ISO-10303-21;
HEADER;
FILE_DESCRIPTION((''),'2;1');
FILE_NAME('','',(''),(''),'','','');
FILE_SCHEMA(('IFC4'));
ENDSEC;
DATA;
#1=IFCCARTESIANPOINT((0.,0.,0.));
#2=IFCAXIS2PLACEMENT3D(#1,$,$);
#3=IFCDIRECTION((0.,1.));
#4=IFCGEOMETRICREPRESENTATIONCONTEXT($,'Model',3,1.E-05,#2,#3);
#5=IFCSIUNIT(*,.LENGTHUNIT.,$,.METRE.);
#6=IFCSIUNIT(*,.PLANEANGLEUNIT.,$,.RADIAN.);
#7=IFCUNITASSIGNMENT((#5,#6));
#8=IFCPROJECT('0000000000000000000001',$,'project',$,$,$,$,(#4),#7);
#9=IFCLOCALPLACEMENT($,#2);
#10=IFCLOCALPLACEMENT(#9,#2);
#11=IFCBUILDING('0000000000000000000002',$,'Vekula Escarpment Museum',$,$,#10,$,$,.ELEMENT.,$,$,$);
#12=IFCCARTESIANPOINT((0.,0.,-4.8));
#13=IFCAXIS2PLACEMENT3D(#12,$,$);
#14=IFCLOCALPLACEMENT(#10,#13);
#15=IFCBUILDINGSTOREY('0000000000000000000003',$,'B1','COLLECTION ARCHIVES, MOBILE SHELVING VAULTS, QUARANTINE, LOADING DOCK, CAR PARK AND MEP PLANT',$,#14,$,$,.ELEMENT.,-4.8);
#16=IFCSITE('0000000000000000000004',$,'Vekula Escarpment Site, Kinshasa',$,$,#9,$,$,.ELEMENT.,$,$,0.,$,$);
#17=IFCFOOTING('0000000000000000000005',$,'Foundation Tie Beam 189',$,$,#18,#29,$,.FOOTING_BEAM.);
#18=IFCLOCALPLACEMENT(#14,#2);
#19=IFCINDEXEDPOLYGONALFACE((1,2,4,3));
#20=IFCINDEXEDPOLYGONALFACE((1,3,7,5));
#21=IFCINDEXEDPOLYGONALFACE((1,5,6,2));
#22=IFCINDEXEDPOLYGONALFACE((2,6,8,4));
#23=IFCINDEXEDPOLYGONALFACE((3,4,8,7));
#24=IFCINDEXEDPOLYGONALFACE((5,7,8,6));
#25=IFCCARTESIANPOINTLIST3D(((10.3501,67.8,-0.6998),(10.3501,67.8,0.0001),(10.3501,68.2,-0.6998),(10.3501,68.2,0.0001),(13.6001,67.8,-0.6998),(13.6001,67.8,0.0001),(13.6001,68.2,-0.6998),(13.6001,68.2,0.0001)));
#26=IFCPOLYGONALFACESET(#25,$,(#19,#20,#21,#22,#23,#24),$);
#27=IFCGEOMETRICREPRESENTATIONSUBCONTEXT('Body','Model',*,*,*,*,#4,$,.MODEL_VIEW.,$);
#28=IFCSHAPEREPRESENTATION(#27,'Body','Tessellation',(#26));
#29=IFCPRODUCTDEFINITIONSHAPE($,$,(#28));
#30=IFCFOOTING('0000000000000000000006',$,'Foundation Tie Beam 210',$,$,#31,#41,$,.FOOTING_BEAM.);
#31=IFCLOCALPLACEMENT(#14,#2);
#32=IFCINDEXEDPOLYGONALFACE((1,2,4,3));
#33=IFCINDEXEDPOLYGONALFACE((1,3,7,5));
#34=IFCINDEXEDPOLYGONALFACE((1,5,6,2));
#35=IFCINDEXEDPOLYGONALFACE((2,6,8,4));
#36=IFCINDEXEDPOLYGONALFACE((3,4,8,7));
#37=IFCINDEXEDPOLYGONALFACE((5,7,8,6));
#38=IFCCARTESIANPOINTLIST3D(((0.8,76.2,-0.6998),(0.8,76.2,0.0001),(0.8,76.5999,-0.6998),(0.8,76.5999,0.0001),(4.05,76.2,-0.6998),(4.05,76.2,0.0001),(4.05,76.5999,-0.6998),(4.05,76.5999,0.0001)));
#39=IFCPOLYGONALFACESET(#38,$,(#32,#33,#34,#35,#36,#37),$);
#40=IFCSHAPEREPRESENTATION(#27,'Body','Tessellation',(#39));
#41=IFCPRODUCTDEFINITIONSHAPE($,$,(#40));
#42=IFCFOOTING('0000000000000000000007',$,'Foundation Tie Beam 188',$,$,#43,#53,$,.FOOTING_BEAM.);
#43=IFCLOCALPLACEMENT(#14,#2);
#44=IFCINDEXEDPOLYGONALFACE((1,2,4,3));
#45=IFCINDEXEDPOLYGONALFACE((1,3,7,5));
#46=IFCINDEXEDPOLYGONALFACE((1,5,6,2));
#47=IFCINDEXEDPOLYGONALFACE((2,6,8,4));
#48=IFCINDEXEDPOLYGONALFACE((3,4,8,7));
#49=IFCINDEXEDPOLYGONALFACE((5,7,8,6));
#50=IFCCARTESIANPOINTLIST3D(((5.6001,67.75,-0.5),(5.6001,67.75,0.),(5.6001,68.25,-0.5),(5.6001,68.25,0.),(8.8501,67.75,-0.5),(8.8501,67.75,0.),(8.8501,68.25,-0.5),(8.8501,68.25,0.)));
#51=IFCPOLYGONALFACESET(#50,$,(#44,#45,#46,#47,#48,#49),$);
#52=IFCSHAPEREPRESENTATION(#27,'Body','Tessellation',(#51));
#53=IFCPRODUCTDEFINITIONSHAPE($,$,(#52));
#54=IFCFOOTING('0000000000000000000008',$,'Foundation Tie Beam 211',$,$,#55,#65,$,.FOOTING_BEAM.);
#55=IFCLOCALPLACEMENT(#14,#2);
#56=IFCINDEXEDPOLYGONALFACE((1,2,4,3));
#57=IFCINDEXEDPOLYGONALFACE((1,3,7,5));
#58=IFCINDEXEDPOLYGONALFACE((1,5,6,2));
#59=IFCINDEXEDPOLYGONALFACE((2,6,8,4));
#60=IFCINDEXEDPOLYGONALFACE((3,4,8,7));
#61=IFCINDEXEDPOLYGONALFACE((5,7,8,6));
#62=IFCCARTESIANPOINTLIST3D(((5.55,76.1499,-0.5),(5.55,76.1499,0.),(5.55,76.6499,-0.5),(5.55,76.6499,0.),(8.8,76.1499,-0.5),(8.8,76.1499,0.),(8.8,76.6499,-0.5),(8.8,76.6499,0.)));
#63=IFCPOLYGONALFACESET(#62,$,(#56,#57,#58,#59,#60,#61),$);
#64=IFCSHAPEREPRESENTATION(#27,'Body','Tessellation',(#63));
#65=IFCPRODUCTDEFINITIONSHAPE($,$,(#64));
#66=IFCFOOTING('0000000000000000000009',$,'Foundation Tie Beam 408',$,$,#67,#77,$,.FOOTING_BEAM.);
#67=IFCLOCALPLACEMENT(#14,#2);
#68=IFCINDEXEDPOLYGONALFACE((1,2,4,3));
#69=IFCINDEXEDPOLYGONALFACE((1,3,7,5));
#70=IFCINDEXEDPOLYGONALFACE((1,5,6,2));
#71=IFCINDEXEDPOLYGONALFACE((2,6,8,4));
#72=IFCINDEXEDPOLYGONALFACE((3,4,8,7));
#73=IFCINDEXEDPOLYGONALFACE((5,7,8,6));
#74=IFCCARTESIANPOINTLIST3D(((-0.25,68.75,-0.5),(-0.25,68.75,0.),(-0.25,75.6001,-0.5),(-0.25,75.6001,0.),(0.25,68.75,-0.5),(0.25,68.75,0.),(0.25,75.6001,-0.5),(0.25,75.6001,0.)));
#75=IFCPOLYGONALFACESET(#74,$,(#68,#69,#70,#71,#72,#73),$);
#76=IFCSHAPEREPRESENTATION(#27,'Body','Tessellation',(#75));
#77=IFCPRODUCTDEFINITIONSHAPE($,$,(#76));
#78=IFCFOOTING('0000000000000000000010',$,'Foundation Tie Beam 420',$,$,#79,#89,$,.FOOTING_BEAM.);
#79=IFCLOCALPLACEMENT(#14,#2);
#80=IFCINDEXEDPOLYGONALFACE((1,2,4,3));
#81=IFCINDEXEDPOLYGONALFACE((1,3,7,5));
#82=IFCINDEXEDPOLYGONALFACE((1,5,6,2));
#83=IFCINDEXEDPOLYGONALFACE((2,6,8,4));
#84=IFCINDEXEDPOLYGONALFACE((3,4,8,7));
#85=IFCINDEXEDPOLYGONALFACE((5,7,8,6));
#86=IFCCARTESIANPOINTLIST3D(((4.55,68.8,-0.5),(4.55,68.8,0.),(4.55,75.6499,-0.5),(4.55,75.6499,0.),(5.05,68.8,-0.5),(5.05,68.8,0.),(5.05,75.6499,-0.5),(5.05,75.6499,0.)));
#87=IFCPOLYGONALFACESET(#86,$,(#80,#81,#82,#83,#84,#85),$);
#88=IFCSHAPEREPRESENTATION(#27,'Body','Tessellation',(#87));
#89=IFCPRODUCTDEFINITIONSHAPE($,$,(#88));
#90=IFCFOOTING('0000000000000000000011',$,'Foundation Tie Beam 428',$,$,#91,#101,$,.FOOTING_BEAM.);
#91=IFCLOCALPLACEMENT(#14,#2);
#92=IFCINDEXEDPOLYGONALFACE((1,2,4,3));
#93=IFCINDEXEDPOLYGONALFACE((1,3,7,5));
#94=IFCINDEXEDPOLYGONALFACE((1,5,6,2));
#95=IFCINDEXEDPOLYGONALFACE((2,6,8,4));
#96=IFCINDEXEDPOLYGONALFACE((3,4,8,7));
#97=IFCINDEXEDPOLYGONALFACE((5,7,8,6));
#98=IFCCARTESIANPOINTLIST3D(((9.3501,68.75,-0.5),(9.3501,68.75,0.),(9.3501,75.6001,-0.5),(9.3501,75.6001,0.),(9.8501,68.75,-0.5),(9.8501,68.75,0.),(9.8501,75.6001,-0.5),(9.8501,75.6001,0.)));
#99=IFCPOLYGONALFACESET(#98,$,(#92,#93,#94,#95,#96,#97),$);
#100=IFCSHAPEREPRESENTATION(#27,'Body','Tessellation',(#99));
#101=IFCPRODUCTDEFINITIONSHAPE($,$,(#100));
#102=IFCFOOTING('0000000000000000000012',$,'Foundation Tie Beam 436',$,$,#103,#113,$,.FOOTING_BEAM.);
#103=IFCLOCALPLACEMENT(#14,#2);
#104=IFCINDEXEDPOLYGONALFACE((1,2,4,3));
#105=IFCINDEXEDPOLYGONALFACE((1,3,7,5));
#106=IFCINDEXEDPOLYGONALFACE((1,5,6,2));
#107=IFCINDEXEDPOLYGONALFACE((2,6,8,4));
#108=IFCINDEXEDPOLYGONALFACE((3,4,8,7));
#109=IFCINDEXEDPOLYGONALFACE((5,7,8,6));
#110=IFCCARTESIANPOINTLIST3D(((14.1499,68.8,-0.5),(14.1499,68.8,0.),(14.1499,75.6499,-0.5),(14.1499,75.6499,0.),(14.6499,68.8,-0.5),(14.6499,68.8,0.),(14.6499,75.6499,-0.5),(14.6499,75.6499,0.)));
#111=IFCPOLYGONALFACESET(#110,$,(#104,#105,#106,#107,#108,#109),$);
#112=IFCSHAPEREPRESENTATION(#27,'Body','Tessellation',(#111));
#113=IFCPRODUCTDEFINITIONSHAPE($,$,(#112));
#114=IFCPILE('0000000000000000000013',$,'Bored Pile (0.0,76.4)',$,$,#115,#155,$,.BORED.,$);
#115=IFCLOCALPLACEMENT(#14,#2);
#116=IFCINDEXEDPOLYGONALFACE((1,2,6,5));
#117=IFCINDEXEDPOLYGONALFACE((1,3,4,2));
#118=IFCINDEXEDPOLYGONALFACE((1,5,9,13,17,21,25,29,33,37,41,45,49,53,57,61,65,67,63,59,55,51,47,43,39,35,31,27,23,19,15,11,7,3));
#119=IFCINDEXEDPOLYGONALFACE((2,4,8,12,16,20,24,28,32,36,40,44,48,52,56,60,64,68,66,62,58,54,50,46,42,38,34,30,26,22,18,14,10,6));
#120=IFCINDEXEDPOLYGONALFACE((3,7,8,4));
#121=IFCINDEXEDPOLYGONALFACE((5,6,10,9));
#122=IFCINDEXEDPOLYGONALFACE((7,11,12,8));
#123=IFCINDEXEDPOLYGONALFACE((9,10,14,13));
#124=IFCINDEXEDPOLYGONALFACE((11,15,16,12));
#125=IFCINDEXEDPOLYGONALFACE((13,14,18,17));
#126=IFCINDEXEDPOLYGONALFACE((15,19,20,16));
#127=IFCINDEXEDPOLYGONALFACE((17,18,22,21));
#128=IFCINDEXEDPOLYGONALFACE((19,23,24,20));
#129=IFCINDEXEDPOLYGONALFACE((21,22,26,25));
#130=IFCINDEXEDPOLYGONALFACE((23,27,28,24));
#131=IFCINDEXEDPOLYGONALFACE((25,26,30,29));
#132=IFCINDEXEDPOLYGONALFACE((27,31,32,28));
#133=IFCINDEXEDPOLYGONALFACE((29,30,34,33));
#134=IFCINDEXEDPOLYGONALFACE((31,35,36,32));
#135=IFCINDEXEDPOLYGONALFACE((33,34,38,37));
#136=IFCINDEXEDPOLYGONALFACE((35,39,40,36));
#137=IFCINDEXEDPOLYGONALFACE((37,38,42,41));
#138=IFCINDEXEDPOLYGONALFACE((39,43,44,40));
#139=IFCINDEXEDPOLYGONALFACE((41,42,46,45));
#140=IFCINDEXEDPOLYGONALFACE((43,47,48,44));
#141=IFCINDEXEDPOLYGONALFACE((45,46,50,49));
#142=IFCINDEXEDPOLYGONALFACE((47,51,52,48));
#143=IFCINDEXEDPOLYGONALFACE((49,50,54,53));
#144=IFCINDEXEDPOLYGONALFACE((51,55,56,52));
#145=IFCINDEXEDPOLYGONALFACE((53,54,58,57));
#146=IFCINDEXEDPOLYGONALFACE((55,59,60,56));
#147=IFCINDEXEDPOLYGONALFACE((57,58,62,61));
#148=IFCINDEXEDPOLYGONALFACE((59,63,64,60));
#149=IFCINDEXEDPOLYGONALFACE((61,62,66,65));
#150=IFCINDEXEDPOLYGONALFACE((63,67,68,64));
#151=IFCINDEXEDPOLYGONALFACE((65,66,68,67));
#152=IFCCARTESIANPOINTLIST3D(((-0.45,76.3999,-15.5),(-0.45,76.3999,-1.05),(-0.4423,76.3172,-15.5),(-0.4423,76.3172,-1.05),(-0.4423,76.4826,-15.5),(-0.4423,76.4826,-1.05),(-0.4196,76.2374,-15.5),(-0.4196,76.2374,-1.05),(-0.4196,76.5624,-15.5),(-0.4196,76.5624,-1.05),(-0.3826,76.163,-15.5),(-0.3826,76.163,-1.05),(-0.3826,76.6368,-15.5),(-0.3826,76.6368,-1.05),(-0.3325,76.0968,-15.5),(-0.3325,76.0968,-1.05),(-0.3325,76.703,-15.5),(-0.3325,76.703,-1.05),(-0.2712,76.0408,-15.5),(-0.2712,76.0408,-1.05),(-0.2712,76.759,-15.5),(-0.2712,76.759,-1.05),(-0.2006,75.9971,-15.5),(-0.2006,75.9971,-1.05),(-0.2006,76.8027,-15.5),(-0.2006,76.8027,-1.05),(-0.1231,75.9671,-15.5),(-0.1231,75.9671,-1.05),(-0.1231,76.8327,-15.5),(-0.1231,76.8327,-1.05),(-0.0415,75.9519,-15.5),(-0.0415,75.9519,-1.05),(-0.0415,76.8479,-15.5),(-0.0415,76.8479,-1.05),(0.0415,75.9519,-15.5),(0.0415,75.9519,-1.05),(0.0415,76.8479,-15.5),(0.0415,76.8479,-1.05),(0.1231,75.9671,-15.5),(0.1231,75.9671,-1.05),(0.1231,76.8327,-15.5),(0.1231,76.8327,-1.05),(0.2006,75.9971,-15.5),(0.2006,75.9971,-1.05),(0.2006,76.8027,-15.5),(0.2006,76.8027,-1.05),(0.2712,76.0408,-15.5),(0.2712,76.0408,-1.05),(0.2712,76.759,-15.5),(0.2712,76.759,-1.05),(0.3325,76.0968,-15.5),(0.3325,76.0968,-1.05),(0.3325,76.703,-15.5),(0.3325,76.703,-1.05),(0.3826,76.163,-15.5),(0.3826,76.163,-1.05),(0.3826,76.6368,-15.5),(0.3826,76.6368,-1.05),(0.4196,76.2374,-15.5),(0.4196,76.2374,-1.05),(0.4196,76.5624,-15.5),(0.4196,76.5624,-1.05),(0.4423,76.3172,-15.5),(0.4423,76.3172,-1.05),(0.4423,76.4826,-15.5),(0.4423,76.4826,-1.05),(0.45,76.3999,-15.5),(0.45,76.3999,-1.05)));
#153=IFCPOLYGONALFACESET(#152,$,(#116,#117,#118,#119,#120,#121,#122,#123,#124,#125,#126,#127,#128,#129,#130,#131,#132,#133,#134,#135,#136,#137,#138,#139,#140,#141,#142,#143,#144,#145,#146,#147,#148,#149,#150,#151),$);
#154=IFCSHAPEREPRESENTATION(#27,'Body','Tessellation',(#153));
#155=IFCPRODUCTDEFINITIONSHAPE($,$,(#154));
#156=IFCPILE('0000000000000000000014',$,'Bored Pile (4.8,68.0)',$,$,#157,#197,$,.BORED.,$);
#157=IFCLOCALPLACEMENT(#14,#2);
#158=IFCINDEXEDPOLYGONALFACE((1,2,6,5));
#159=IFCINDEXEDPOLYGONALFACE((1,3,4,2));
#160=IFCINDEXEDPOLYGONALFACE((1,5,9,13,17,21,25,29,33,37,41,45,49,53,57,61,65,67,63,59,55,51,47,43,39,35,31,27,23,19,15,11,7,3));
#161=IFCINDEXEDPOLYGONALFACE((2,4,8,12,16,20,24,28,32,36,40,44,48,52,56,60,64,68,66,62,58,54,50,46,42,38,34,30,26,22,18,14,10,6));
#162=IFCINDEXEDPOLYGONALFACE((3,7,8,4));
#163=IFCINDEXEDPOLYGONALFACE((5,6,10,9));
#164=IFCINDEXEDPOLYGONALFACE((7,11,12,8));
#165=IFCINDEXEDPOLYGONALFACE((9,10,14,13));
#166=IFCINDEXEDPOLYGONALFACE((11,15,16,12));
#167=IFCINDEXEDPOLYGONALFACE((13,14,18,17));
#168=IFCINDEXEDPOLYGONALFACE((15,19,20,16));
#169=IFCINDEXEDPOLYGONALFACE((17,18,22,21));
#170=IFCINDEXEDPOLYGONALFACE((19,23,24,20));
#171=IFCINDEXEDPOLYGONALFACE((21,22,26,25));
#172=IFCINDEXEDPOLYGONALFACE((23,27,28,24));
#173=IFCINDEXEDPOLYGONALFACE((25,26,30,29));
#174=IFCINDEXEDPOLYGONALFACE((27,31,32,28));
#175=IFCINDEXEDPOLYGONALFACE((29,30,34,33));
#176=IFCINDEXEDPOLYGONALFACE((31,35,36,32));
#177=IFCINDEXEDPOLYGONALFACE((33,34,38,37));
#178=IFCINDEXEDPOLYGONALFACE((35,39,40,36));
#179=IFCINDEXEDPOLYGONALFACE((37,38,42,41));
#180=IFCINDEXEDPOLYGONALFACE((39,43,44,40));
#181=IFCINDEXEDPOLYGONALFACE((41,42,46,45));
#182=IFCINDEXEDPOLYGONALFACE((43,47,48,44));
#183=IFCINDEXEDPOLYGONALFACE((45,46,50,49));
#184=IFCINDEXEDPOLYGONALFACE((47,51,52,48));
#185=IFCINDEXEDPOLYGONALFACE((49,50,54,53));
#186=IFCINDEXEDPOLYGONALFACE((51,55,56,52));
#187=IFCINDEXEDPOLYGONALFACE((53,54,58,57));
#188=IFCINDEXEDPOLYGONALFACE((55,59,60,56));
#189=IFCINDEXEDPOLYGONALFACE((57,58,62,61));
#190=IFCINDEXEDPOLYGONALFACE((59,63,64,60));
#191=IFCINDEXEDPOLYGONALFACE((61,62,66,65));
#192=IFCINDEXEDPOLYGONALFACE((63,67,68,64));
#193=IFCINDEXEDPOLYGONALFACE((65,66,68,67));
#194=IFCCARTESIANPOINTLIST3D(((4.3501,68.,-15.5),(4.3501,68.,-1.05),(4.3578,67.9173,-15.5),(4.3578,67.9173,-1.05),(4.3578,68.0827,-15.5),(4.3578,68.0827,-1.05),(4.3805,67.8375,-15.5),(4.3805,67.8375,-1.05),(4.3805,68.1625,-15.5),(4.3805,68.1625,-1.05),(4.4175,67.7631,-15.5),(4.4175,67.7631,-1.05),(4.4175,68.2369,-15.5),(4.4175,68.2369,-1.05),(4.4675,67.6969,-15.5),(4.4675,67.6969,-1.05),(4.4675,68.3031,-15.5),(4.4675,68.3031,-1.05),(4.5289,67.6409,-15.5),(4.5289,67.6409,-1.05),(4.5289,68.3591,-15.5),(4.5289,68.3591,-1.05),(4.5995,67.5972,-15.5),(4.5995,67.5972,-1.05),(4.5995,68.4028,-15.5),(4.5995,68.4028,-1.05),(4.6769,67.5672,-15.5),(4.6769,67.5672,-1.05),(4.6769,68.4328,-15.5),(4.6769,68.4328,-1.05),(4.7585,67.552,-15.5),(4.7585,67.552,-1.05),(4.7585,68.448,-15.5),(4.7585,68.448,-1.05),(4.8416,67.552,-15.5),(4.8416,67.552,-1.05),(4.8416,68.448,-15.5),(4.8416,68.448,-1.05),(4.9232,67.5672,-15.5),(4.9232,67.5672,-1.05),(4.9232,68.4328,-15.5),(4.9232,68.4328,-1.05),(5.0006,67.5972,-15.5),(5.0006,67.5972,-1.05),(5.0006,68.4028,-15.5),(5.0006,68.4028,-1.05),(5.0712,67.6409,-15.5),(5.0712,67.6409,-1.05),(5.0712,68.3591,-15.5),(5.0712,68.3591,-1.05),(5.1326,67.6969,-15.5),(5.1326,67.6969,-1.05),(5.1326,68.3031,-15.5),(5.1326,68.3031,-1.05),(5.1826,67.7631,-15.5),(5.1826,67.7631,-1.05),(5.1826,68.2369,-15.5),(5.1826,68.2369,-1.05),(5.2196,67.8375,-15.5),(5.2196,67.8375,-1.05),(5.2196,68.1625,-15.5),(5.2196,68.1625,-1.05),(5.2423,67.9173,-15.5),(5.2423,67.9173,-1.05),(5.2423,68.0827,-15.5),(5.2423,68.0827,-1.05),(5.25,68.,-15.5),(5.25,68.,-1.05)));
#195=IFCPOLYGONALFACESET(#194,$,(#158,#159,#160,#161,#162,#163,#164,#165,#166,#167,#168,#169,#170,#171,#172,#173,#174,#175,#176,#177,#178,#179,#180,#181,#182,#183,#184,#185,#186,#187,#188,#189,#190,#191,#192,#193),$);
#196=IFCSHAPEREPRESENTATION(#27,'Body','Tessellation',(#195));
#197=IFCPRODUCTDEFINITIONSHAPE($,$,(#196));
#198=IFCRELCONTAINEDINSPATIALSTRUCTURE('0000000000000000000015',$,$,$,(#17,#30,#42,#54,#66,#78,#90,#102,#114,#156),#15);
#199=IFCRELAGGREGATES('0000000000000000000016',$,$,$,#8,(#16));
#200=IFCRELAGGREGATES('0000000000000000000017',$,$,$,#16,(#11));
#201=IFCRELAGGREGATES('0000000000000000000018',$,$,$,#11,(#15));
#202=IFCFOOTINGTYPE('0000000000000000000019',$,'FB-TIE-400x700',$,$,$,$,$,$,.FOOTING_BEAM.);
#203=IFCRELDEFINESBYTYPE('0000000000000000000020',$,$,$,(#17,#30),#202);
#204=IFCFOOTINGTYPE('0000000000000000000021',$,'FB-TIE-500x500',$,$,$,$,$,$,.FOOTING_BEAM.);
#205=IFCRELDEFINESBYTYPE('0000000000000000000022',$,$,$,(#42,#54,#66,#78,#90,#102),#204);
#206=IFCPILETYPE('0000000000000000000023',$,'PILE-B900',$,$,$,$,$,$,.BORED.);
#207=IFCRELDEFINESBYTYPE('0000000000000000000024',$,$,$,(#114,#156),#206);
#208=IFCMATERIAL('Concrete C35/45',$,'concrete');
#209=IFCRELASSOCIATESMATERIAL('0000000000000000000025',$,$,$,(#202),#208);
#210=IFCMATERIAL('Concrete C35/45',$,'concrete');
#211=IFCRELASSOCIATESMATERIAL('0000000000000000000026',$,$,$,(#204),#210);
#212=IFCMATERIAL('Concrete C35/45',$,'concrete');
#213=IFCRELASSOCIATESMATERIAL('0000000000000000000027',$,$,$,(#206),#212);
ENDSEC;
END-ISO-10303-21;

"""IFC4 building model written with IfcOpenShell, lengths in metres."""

from ifc_helpers import new_model, si_unit, direction, frame, origin, origin_2d, place, context, subcontext, project, spatial, rectangle, circle, extrude, material, material_profile, profile_set, type_object, element, save


model = new_model("IFC4")

# Units and contexts
model_context = context("Model", 3, precision=1e-05, world=origin(), true_north=direction((0.0, 1.0)))
body_context = subcontext(model_context, "Body", "Model", "MODEL_VIEW")
ifc_project = project(units=[si_unit("LENGTHUNIT", "METRE"), si_unit("PLANEANGLEUNIT", "RADIAN")], contexts=[model_context])

# Site, building, storey
site_placement = place(None, origin())
site = spatial("IfcSite", under=ifc_project, at=site_placement, Name="Vekula Escarpment Site, Kinshasa", CompositionType="ELEMENT", RefElevation=0.0)
building_placement = place(site_placement, origin())
building = spatial("IfcBuilding", under=site, at=building_placement, Name="Vekula Escarpment Museum", CompositionType="ELEMENT")
storey_placement = place(building_placement, frame((0.0, 0.0, -4.8)))
storey = spatial("IfcBuildingStorey", under=building, at=storey_placement, Name="B1", Description="COLLECTION ARCHIVES, MOBILE SHELVING VAULTS, QUARANTINE, LOADING DOCK, CAR PARK AND MEP PLANT", CompositionType="ELEMENT", Elevation=-4.8)

# Footings
ifc_material_1 = material(Name="Concrete C35/45", Category="concrete")
ifc_material_profile_1 = material_profile(ifc_material_1, rectangle(XDim=0.3999, YDim=0.7, at=origin_2d()), Name="RC 400x700")
ifc_profile_set_1 = profile_set([ifc_material_profile_1], Name="Concrete C35/45")
footing_type_1 = type_object("IfcFootingType", Name="FB-TIE-400x700", PredefinedType="FOOTING_BEAM", material=ifc_profile_set_1)
for number, where, z_axis, x_axis, name in (
    (1, (10.3501, 68.0, -0.3499), (1.0, 0.0, 0.0), (0.0, 1.0, 0.0), "Foundation Tie Beam 189"),
    (2, (0.8, 76.3999, -0.3499), (1.0, 0.0, 0.0), (0.0, 1.0, 0.0), "Foundation Tie Beam 210"),
):
    element("IfcFooting", number, at=place(storey_placement, frame(where, z_axis=z_axis, x_axis=x_axis)), inside=storey, type_object=footing_type_1, Name=name, PredefinedType="FOOTING_BEAM", context=body_context, shape_type="SweptSolid", body=[
        extrude(rectangle(XDim=0.3999, YDim=0.7, at=origin_2d()), origin(), (0.0, 0.0, 1.0), 3.25),
    ])
ifc_material_2 = material(Name="Concrete C35/45", Category="concrete")
ifc_material_profile_2 = material_profile(ifc_material_2, rectangle(XDim=0.5, YDim=0.5, at=origin_2d()), Name="RC 500x500")
ifc_profile_set_2 = profile_set([ifc_material_profile_2], Name="Concrete C35/45")
footing_type_2 = type_object("IfcFootingType", Name="FB-TIE-500x500", PredefinedType="FOOTING_BEAM", material=ifc_profile_set_2)
for number, where, z_axis, x_axis, name in (
    (3, (5.6001, 68.0, -0.25), (1.0, 0.0, 0.0), (0.0, 1.0, 0.0), "Foundation Tie Beam 188"),
    (4, (5.55, 76.3999, -0.25), (1.0, 0.0, 0.0), (0.0, 1.0, 0.0), "Foundation Tie Beam 211"),
):
    element("IfcFooting", number, at=place(storey_placement, frame(where, z_axis=z_axis, x_axis=x_axis)), inside=storey, type_object=footing_type_2, Name=name, PredefinedType="FOOTING_BEAM", context=body_context, shape_type="SweptSolid", body=[
        extrude(rectangle(XDim=0.5, YDim=0.5, at=origin_2d()), origin(), (0.0, 0.0, 1.0), 3.25),
    ])
footing_1_placement = place(storey_placement, frame((0.0, 68.75, -0.25), z_axis=(0.0, 1.0, 0.0), x_axis=(-1.0, 0.0, 0.0)))
element("IfcFooting", 5, at=footing_1_placement, inside=storey, type_object=footing_type_2, Name="Foundation Tie Beam 408", PredefinedType="FOOTING_BEAM", context=body_context, shape_type="SweptSolid", body=[
    extrude(rectangle(XDim=0.5, YDim=0.5, at=origin_2d()), origin(), (0.0, 0.0, 1.0), 6.8501),
])
footing_2_placement = place(storey_placement, frame((4.8, 68.8, -0.25), z_axis=(0.0, 1.0, 0.0), x_axis=(-1.0, 0.0, 0.0)))
element("IfcFooting", 6, at=footing_2_placement, inside=storey, type_object=footing_type_2, Name="Foundation Tie Beam 420", PredefinedType="FOOTING_BEAM", context=body_context, shape_type="SweptSolid", body=[
    extrude(rectangle(XDim=0.5, YDim=0.5, at=origin_2d()), origin(), (0.0, 0.0, 1.0), 6.8499),
])
footing_3_placement = place(storey_placement, frame((9.6001, 68.75, -0.25), z_axis=(0.0, 1.0, 0.0), x_axis=(-1.0, 0.0, 0.0)))
element("IfcFooting", 7, at=footing_3_placement, inside=storey, type_object=footing_type_2, Name="Foundation Tie Beam 428", PredefinedType="FOOTING_BEAM", context=body_context, shape_type="SweptSolid", body=[
    extrude(rectangle(XDim=0.5, YDim=0.5, at=origin_2d()), origin(), (0.0, 0.0, 1.0), 6.8501),
])
footing_4_placement = place(storey_placement, frame((14.3999, 68.8, -0.25), z_axis=(0.0, 1.0, 0.0), x_axis=(-1.0, 0.0, 0.0)))
element("IfcFooting", 8, at=footing_4_placement, inside=storey, type_object=footing_type_2, Name="Foundation Tie Beam 436", PredefinedType="FOOTING_BEAM", context=body_context, shape_type="SweptSolid", body=[
    extrude(rectangle(XDim=0.5, YDim=0.5, at=origin_2d()), origin(), (0.0, 0.0, 1.0), 6.8499),
])

# Piles
ifc_material_3 = material(Name="Concrete C35/45", Category="concrete")
ifc_material_profile_3 = material_profile(ifc_material_3, circle(Radius=0.45, at=origin_2d()), Name="BORED PILE 900")
ifc_profile_set_3 = profile_set([ifc_material_profile_3], Name="Concrete C35/45")
pile_type = type_object("IfcPileType", Name="PILE-B900", PredefinedType="BORED", material=ifc_profile_set_3)
for number, where, z_axis, x_axis, name in (
    (9, (0.0, 76.3999, -1.05), (0.0, 0.0, -1.0), (1.0, 0.0, 0.0), "Bored Pile (0.0,76.4)"),
    (10, (4.8, 68.0, -1.05), (0.0, 0.0, -1.0), (1.0, 0.0, 0.0), "Bored Pile (4.8,68.0)"),
):
    element("IfcPile", number, at=place(storey_placement, frame(where, z_axis=z_axis, x_axis=x_axis)), inside=storey, type_object=pile_type, Name=name, PredefinedType="BORED", context=body_context, shape_type="SweptSolid", body=[
        extrude(circle(Radius=0.45, at=origin_2d()), origin(), (0.0, 0.0, 1.0), 14.45),
    ])

save(model, "model.ifc")
